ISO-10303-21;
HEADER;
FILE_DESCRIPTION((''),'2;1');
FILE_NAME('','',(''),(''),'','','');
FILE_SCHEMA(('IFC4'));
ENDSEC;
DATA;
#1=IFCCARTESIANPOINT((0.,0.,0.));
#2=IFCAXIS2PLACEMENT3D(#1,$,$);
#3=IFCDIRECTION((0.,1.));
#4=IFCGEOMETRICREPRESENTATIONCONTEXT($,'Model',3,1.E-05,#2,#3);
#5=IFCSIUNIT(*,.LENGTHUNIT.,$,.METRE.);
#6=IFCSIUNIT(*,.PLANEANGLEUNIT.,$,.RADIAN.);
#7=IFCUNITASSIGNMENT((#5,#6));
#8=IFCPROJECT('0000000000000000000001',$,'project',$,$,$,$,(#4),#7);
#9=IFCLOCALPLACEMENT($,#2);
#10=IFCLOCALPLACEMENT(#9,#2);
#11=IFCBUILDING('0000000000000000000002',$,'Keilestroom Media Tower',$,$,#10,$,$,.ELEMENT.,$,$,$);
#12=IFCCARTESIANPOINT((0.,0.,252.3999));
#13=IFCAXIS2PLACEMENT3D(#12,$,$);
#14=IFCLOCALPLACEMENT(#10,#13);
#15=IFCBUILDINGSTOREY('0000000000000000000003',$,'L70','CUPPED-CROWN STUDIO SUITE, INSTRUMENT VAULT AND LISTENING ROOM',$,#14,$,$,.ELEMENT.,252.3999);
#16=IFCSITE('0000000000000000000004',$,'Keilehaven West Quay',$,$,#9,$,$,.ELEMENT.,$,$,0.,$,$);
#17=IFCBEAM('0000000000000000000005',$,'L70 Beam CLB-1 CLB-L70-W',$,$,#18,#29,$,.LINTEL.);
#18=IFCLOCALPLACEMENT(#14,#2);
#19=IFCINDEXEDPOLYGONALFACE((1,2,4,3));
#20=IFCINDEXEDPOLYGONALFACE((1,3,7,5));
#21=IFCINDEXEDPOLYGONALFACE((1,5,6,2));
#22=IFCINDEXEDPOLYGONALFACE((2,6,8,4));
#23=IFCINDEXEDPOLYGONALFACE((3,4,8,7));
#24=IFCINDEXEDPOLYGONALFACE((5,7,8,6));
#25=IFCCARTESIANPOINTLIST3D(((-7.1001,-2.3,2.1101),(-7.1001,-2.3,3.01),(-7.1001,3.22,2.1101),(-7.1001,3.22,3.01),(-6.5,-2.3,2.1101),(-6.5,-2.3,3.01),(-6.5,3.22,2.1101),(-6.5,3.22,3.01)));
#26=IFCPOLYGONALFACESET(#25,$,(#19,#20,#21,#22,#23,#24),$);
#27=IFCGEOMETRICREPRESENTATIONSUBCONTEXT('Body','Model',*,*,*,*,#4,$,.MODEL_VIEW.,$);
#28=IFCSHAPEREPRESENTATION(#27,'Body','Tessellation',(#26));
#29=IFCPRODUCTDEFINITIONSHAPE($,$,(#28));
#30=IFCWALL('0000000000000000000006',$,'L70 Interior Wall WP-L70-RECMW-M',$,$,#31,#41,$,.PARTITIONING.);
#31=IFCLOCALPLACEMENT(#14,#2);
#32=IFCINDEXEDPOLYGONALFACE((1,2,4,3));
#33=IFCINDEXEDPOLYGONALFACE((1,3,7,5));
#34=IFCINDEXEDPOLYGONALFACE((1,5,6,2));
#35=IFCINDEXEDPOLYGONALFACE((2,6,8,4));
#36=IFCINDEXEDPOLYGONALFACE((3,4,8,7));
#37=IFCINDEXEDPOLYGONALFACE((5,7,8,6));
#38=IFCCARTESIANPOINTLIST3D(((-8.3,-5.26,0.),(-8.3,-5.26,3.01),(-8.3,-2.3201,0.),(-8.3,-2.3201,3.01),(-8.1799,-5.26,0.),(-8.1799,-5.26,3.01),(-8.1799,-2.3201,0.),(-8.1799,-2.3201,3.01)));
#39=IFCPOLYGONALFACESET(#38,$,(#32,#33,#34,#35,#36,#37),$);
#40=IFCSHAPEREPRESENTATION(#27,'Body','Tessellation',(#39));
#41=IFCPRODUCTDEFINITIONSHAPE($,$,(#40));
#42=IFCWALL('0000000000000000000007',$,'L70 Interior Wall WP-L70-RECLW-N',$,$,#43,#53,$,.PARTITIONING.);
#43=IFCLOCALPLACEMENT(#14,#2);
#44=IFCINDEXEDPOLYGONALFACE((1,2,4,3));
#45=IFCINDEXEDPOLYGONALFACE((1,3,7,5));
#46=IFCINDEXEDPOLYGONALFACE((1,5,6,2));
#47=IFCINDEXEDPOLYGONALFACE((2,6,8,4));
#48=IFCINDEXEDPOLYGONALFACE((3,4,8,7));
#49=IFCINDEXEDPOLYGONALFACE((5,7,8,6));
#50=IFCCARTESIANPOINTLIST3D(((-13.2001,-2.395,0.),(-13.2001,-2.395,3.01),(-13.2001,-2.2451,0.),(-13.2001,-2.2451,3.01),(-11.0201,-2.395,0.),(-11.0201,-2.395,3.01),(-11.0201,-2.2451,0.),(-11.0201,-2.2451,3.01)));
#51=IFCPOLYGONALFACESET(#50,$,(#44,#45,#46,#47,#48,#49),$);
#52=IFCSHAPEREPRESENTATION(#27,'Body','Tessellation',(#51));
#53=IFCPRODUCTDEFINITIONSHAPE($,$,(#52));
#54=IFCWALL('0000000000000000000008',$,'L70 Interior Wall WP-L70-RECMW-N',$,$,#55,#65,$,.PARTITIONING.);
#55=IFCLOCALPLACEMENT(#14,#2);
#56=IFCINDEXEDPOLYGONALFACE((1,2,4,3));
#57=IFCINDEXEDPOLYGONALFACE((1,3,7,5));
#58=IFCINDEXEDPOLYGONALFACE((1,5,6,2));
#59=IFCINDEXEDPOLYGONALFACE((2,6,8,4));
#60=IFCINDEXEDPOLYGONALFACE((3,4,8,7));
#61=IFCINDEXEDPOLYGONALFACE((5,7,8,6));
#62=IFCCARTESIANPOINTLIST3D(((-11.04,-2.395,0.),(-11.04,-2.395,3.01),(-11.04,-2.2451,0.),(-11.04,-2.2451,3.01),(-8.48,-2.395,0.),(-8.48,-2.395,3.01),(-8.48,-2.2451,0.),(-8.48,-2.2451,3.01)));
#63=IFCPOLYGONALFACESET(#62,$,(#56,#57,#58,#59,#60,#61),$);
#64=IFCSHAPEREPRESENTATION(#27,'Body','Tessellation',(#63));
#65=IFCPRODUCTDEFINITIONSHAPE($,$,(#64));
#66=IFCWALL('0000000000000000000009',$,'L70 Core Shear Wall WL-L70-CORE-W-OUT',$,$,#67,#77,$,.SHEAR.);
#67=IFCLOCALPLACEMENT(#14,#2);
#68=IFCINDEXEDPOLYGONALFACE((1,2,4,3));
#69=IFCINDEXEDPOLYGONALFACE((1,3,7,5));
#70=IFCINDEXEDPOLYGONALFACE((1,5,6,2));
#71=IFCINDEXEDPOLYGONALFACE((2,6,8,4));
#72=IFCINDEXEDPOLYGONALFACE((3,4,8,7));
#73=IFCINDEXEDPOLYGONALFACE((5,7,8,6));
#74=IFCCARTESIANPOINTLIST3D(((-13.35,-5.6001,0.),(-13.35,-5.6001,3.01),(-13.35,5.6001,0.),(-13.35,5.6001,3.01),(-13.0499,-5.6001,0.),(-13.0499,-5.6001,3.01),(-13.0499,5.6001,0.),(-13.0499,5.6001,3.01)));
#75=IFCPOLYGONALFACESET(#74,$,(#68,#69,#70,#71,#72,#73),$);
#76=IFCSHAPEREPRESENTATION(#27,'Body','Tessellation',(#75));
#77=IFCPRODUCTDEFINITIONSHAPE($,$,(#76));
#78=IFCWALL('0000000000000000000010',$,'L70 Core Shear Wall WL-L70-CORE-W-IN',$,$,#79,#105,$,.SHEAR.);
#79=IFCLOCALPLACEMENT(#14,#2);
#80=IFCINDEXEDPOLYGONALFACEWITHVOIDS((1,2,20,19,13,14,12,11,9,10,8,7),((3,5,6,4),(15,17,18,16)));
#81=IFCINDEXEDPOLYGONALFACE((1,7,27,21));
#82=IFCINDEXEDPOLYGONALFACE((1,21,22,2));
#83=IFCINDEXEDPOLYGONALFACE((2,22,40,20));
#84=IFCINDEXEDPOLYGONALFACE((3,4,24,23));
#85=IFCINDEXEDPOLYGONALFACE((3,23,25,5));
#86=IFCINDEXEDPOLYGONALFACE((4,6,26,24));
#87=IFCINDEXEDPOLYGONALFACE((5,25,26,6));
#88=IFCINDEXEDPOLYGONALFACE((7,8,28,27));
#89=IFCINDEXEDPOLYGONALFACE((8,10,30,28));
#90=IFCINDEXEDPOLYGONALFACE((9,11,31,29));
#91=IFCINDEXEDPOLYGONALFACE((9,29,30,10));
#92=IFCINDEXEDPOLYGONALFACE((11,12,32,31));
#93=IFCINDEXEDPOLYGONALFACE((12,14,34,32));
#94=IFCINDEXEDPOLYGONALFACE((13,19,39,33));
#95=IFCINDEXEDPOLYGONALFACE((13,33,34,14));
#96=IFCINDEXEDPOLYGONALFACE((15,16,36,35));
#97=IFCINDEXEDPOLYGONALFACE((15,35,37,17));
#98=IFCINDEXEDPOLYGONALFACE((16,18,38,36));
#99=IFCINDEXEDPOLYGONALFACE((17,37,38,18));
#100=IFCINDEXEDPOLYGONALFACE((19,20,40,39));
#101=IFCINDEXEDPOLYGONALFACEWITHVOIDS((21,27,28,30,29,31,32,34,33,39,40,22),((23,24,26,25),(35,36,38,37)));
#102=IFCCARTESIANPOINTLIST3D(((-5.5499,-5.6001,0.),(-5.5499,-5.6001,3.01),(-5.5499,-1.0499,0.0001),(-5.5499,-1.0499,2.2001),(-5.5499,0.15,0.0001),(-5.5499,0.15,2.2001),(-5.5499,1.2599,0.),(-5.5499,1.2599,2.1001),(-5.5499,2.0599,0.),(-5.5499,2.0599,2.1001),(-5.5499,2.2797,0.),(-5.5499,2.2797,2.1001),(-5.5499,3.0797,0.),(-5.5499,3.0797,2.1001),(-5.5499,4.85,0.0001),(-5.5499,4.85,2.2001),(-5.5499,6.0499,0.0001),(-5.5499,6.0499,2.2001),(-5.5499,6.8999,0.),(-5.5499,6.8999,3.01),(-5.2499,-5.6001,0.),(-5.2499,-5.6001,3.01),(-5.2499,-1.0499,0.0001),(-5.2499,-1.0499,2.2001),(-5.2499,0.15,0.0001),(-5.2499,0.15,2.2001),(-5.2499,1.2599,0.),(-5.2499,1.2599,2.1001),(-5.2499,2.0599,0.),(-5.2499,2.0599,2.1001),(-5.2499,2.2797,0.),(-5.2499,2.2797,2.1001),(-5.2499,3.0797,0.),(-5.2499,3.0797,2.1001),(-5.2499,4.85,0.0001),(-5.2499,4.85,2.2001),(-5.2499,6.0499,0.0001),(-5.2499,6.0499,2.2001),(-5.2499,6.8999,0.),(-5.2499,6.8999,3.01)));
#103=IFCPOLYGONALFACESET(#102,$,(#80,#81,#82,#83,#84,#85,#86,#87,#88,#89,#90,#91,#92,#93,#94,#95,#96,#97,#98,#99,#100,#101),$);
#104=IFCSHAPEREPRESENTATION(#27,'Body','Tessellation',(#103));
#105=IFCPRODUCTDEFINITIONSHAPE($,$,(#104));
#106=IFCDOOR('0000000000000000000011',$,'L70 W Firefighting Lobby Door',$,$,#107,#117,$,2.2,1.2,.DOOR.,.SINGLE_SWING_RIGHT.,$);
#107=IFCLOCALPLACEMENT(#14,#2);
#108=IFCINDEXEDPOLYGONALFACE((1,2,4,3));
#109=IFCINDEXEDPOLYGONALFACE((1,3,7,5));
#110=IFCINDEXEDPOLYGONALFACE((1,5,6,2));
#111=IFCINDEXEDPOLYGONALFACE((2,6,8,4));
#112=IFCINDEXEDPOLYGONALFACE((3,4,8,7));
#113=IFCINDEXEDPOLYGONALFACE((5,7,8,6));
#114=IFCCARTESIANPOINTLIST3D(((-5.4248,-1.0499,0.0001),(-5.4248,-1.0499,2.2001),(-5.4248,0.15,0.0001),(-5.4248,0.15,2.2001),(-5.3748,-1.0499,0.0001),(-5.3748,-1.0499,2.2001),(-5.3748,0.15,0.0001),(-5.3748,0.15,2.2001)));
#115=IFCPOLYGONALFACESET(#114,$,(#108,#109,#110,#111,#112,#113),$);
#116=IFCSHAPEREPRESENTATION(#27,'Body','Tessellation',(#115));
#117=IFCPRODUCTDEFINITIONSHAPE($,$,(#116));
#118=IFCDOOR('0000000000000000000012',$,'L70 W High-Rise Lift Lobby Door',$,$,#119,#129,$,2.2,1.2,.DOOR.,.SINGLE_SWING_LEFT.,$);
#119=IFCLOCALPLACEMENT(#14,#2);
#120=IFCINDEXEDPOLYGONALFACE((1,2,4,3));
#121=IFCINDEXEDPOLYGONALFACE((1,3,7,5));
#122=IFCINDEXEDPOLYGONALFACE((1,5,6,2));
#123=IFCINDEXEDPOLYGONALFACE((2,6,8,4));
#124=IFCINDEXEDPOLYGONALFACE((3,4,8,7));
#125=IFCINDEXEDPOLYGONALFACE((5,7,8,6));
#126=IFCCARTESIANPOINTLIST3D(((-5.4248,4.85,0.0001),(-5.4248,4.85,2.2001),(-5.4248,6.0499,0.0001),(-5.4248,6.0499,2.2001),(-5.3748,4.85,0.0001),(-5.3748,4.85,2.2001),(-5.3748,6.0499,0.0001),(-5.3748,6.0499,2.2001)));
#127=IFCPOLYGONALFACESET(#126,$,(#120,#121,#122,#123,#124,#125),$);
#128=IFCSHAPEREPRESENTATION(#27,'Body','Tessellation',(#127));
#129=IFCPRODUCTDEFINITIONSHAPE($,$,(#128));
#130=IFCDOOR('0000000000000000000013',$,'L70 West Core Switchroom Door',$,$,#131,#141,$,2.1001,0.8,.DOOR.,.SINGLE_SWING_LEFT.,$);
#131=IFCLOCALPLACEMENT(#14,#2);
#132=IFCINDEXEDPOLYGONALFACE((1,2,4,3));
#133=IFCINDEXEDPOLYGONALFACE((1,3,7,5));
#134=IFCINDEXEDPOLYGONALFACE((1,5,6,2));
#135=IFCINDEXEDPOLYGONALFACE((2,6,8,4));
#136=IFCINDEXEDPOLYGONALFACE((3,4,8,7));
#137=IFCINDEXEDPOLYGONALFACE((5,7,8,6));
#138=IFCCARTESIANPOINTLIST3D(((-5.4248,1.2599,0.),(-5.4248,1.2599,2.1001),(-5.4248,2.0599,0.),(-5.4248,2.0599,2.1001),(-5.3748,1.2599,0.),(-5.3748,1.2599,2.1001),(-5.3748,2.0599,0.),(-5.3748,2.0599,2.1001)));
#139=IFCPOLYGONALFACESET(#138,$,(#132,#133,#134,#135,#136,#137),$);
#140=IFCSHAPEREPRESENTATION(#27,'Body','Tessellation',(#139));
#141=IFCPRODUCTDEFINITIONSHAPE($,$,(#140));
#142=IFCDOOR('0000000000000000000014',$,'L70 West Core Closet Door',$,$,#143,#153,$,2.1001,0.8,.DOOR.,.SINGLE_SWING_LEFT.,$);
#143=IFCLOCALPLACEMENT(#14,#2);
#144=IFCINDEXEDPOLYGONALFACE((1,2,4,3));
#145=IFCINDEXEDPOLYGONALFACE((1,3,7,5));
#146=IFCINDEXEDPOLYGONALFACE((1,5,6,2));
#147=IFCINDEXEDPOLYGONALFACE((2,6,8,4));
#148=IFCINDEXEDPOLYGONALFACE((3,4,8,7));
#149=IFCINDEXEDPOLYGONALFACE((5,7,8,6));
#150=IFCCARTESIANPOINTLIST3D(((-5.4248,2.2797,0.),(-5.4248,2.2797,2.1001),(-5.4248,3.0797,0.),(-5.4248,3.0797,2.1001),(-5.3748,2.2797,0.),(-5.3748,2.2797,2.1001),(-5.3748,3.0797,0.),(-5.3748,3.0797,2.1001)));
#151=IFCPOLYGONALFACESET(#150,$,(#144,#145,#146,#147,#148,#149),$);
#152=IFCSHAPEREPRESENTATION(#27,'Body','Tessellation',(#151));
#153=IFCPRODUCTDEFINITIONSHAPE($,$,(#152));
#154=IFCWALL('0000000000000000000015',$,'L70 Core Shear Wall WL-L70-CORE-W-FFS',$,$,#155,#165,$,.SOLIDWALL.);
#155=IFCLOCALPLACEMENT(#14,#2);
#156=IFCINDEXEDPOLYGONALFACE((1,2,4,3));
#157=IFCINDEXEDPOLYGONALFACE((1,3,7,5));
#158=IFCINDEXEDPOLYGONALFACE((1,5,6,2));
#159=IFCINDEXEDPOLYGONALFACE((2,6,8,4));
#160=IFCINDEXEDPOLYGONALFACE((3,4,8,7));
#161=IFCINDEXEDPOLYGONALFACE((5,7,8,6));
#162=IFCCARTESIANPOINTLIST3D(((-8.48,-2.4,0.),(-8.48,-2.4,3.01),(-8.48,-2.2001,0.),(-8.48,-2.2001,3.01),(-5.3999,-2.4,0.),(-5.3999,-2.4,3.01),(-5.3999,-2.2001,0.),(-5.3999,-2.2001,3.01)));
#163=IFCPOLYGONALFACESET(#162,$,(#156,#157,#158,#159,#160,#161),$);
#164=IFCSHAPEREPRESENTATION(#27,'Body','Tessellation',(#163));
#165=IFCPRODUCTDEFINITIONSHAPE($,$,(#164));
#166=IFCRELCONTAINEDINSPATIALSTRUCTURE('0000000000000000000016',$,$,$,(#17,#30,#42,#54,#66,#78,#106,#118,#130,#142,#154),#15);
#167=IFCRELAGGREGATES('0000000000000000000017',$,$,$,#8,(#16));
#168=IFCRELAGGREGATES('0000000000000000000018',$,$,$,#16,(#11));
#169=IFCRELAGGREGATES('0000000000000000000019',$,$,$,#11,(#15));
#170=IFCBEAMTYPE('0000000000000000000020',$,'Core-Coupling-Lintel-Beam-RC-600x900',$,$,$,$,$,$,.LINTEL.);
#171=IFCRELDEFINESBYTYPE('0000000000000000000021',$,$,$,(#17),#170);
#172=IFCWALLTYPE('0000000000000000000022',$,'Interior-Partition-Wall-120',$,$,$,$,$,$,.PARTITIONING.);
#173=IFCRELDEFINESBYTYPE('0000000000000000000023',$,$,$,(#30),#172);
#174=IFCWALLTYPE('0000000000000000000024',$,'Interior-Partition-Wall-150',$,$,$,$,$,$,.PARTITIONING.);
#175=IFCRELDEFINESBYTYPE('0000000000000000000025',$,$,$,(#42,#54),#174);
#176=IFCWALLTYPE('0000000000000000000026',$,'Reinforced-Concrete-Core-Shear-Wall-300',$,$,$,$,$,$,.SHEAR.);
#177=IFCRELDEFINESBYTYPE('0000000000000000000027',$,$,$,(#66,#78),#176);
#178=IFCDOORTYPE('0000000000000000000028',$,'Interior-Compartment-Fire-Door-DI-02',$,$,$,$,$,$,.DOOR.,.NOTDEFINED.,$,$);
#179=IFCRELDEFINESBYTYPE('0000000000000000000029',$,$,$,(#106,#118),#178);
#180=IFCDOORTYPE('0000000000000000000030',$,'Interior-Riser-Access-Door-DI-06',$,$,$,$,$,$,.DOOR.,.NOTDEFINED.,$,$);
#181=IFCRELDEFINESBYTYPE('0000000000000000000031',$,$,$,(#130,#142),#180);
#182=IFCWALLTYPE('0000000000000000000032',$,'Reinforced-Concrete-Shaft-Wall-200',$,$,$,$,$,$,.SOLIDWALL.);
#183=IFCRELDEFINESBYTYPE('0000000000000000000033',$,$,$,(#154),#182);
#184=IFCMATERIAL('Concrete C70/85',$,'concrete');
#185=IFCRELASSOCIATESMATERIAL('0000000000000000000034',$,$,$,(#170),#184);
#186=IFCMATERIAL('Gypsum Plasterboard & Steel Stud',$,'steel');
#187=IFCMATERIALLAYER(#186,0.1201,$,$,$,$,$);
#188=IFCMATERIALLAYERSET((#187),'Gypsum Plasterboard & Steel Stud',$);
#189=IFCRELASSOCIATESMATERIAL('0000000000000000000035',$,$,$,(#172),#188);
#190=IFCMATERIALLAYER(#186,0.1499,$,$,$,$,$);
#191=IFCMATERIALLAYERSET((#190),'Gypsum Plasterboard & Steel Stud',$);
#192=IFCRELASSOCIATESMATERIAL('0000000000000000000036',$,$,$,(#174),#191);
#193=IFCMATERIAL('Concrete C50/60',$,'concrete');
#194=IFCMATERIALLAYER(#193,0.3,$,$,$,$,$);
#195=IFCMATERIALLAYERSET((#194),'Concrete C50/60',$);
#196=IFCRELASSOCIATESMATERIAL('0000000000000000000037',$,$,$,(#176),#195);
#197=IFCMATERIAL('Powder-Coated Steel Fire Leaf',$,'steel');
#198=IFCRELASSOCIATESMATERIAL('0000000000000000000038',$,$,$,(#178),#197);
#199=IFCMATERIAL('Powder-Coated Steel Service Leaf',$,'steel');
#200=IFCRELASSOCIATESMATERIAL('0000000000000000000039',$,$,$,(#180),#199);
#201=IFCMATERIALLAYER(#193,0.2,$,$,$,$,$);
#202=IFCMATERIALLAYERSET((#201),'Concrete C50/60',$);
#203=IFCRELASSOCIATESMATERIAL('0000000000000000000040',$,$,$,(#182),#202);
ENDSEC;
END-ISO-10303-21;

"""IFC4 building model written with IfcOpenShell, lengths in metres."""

from ifc_helpers import new_model, si_unit, direction, frame, frame_2d, origin, origin_2d, place, context, subcontext, project, spatial, rectangle, extrude, source, transform, mapped, material, layer, layer_set, material_profile, profile_set, type_object, element, fill, save


model = new_model("IFC4")

# Units and contexts
model_context = context("Model", 3, precision=1e-05, world=origin(), true_north=direction((0.0, 1.0)))
body_context = subcontext(model_context, "Body", "Model", "MODEL_VIEW")
ifc_project = project(units=[si_unit("LENGTHUNIT", "METRE"), si_unit("PLANEANGLEUNIT", "RADIAN")], contexts=[model_context])

# Site, building, storey
site_placement = place(None, origin())
site = spatial("IfcSite", under=ifc_project, at=site_placement, Name="Keilehaven West Quay", CompositionType="ELEMENT", RefElevation=0.0)
building_placement = place(site_placement, origin())
building = spatial("IfcBuilding", under=site, at=building_placement, Name="Keilestroom Media Tower", CompositionType="ELEMENT")
storey_placement = place(building_placement, frame((0.0, 0.0, 252.3999)))
storey = spatial("IfcBuildingStorey", under=building, at=storey_placement, Name="L70", Description="CUPPED-CROWN STUDIO SUITE, INSTRUMENT VAULT AND LISTENING ROOM", CompositionType="ELEMENT", Elevation=252.3999)

# Beam
ifc_material_1 = material(Name="Concrete C70/85", Category="concrete")
ifc_material_profile = material_profile(ifc_material_1, rectangle(XDim=0.6001, YDim=0.8999, at=origin_2d()), Name="RC 600x900")
ifc_profile_set = profile_set([ifc_material_profile], Name="Concrete C70/85")
beam_type = type_object("IfcBeamType", Name="Core-Coupling-Lintel-Beam-RC-600x900", PredefinedType="LINTEL", material=ifc_profile_set)
shared_shape_1 = source(origin(), body_context, "Body", "SweptSolid", [
    extrude(rectangle(XDim=0.6001, YDim=0.8999, at=origin_2d()), origin(), (0.0, 0.0, 1.0), 5.52),
])
beam_placement = place(storey_placement, frame((-6.8, -2.3, 2.5601), z_axis=(0.0, 1.0, 0.0), x_axis=(-1.0, 0.0, 0.0)))
element("IfcBeam", 1, at=beam_placement, inside=storey, type_object=beam_type, Name="L70 Beam CLB-1 CLB-L70-W", PredefinedType="LINTEL", context=body_context, shape_type="MappedRepresentation", body=[
    mapped(shared_shape_1, transform((0.0, 0.0, 0.0), x_axis=(1.0, 0.0, 0.0), y_axis=(0.0, 1.0, 0.0), z_axis=(0.0, 0.0, 1.0), scale=1.0)),
])

# Walls
ifc_material_2 = material(Name="Gypsum Plasterboard & Steel Stud", Category="steel")
ifc_layer_1 = layer(ifc_material_2, 0.1201)
ifc_layer_set_1 = layer_set([ifc_layer_1], Name="Gypsum Plasterboard & Steel Stud")
wall_type_1 = type_object("IfcWallType", Name="Interior-Partition-Wall-120", PredefinedType="PARTITIONING", material=ifc_layer_set_1)
wall_1_placement = place(storey_placement, frame((-8.24, -5.26, 0.0), z_axis=(0.0, 0.0, 1.0), x_axis=(0.0, 1.0, 0.0)))
element("IfcWall", 2, at=wall_1_placement, inside=storey, type_object=wall_type_1, Name="L70 Interior Wall WP-L70-RECMW-M", PredefinedType="PARTITIONING", context=body_context, shape_type="SweptSolid", body=[
    extrude(rectangle(XDim=2.9399, YDim=0.1201, at=frame_2d((1.47, 0.0))), origin(), (0.0, 0.0, 1.0), 3.01),
])
ifc_layer_2 = layer(ifc_material_2, 0.1499)
ifc_layer_set_2 = layer_set([ifc_layer_2], Name="Gypsum Plasterboard & Steel Stud")
wall_type_2 = type_object("IfcWallType", Name="Interior-Partition-Wall-150", PredefinedType="PARTITIONING", material=ifc_layer_set_2)
wall_2_placement = place(storey_placement, frame((-13.2, -2.3201, 0.0), z_axis=(0.0, 0.0, 1.0), x_axis=(1.0, 0.0, 0.0)))
element("IfcWall", 3, at=wall_2_placement, inside=storey, type_object=wall_type_2, Name="L70 Interior Wall WP-L70-RECLW-N", PredefinedType="PARTITIONING", context=body_context, shape_type="SweptSolid", body=[
    extrude(rectangle(XDim=2.1799, YDim=0.1499, at=frame_2d((1.0898, 0.0))), origin(), (0.0, 0.0, 1.0), 3.01),
])
wall_3_placement = place(storey_placement, frame((-11.04, -2.3201, 0.0), z_axis=(0.0, 0.0, 1.0), x_axis=(1.0, 0.0, 0.0)))
element("IfcWall", 4, at=wall_3_placement, inside=storey, type_object=wall_type_2, Name="L70 Interior Wall WP-L70-RECMW-N", PredefinedType="PARTITIONING", context=body_context, shape_type="SweptSolid", body=[
    extrude(rectangle(XDim=2.5601, YDim=0.1499, at=frame_2d((1.28, 0.0))), origin(), (0.0, 0.0, 1.0), 3.01),
])
ifc_material_3 = material(Name="Concrete C50/60", Category="concrete")
ifc_layer_3 = layer(ifc_material_3, 0.3)
ifc_layer_set_3 = layer_set([ifc_layer_3], Name="Concrete C50/60")
wall_type_3 = type_object("IfcWallType", Name="Reinforced-Concrete-Core-Shear-Wall-300", PredefinedType="SHEAR", material=ifc_layer_set_3)
wall_4_placement = place(storey_placement, frame((-13.2, -5.6001, 0.0), z_axis=(0.0, 0.0, 1.0), x_axis=(0.0, 1.0, 0.0)))
element("IfcWall", 5, at=wall_4_placement, inside=storey, type_object=wall_type_3, Name="L70 Core Shear Wall WL-L70-CORE-W-OUT", PredefinedType="SHEAR", context=body_context, shape_type="SweptSolid", body=[
    extrude(rectangle(XDim=11.2002, YDim=0.3, at=frame_2d((5.6001, 0.0))), origin(), (0.0, 0.0, 1.0), 3.01),
])

# Wall, openings, doors
wall_5_placement = place(storey_placement, frame((-5.3999, -5.6001, 0.0), z_axis=(0.0, 0.0, 1.0), x_axis=(0.0, 1.0, 0.0)))
wall_5 = element("IfcWall", 6, at=wall_5_placement, inside=storey, type_object=wall_type_3, Name="L70 Core Shear Wall WL-L70-CORE-W-IN", PredefinedType="SHEAR", context=body_context, shape_type="SweptSolid", body=[
    extrude(rectangle(XDim=12.5, YDim=0.3, at=frame_2d((6.25, 0.0))), origin(), (0.0, 0.0, 1.0), 3.01),
])
opening_1_placement = place(wall_5_placement, frame((4.55, 0.0, 0.0)))
opening_1 = element("IfcOpeningElement", 7, at=opening_1_placement, cuts=wall_5, PredefinedType="OPENING", context=body_context, shape_type="SweptSolid", body=[
    extrude(rectangle(XDim=1.2, YDim=2.2, at=frame_2d((0.6001, 1.1001))), frame((0.0, 0.1602, 0.0), z_axis=(0.0, -1.0, 0.0), x_axis=(1.0, 0.0, 0.0)), (0.0, 0.0, 1.0), 0.3201),
])
opening_2_placement = place(wall_5_placement, frame((10.45, 0.0, 0.0)))
opening_2 = element("IfcOpeningElement", 8, at=opening_2_placement, cuts=wall_5, PredefinedType="OPENING", context=body_context, shape_type="SweptSolid", body=[
    extrude(rectangle(XDim=1.2, YDim=2.2, at=frame_2d((0.6001, 1.1001))), frame((0.0, 0.1602, 0.0), z_axis=(0.0, -1.0, 0.0), x_axis=(1.0, 0.0, 0.0)), (0.0, 0.0, 1.0), 0.3201),
])
opening_3_placement = place(wall_5_placement, frame((6.8601, 0.0, 0.0)))
opening_3 = element("IfcOpeningElement", 9, at=opening_3_placement, cuts=wall_5, PredefinedType="OPENING", context=body_context, shape_type="SweptSolid", body=[
    extrude(rectangle(XDim=0.8, YDim=2.1001, at=frame_2d((0.3999, 1.05))), frame((0.0, 0.1602, 0.0), z_axis=(0.0, -1.0, 0.0), x_axis=(1.0, 0.0, 0.0)), (0.0, 0.0, 1.0), 0.3201),
])
opening_4_placement = place(wall_5_placement, frame((7.8799, 0.0, 0.0)))
opening_4 = element("IfcOpeningElement", 10, at=opening_4_placement, cuts=wall_5, PredefinedType="OPENING", context=body_context, shape_type="SweptSolid", body=[
    extrude(rectangle(XDim=0.8, YDim=2.1001, at=frame_2d((0.3999, 1.05))), frame((0.0, 0.1602, 0.0), z_axis=(0.0, -1.0, 0.0), x_axis=(1.0, 0.0, 0.0)), (0.0, 0.0, 1.0), 0.3201),
])
ifc_material_4 = material(Name="Powder-Coated Steel Fire Leaf", Category="steel")
door_type_1 = type_object("IfcDoorType", Name="Interior-Compartment-Fire-Door-DI-02", OperationType="NOTDEFINED", PredefinedType="DOOR", material=ifc_material_4)
shared_shape_2 = source(origin(), body_context, "Body", "SweptSolid", [
    extrude(rectangle(XDim=1.2, YDim=2.2, at=frame_2d((0.6001, 1.1001))), frame((0.0, 0.0249, 0.0), z_axis=(0.0, -1.0, 0.0), x_axis=(1.0, 0.0, 0.0)), (0.0, 0.0, 1.0), 0.05),
])
door_1_placement = place(opening_1_placement, origin())
door_1 = element("IfcDoor", 11, at=door_1_placement, inside=storey, type_object=door_type_1, Name="L70 W Firefighting Lobby Door", OperationType="SINGLE_SWING_RIGHT", OverallHeight=2.2, OverallWidth=1.2, PredefinedType="DOOR", context=body_context, shape_type="MappedRepresentation", body=[
    mapped(shared_shape_2, transform((0.0, 0.0, 0.0), x_axis=(1.0, 0.0, 0.0), y_axis=(0.0, 1.0, 0.0), z_axis=(0.0, 0.0, 1.0), scale=1.0)),
])
fill(opening_1, door_1)
door_2_placement = place(opening_2_placement, origin())
door_2 = element("IfcDoor", 12, at=door_2_placement, inside=storey, type_object=door_type_1, Name="L70 W High-Rise Lift Lobby Door", OperationType="SINGLE_SWING_LEFT", OverallHeight=2.2, OverallWidth=1.2, PredefinedType="DOOR", context=body_context, shape_type="MappedRepresentation", body=[
    mapped(shared_shape_2, transform((0.0, 0.0, 0.0), x_axis=(1.0, 0.0, 0.0), y_axis=(0.0, 1.0, 0.0), z_axis=(0.0, 0.0, 1.0), scale=1.0)),
])
fill(opening_2, door_2)
ifc_material_5 = material(Name="Powder-Coated Steel Service Leaf", Category="steel")
door_type_2 = type_object("IfcDoorType", Name="Interior-Riser-Access-Door-DI-06", OperationType="NOTDEFINED", PredefinedType="DOOR", material=ifc_material_5)
shared_shape_3 = source(origin(), body_context, "Body", "SweptSolid", [
    extrude(rectangle(XDim=0.8, YDim=2.1001, at=frame_2d((0.3999, 1.05))), frame((0.0, 0.0249, 0.0), z_axis=(0.0, -1.0, 0.0), x_axis=(1.0, 0.0, 0.0)), (0.0, 0.0, 1.0), 0.05),
])
door_3_placement = place(opening_3_placement, origin())
door_3 = element("IfcDoor", 13, at=door_3_placement, inside=storey, type_object=door_type_2, Name="L70 West Core Switchroom Door", OperationType="SINGLE_SWING_LEFT", OverallHeight=2.1001, OverallWidth=0.8, PredefinedType="DOOR", context=body_context, shape_type="MappedRepresentation", body=[
    mapped(shared_shape_3, transform((0.0, 0.0, 0.0), x_axis=(1.0, 0.0, 0.0), y_axis=(0.0, 1.0, 0.0), z_axis=(0.0, 0.0, 1.0), scale=1.0)),
])
fill(opening_3, door_3)
door_4_placement = place(opening_4_placement, origin())
door_4 = element("IfcDoor", 14, at=door_4_placement, inside=storey, type_object=door_type_2, Name="L70 West Core Closet Door", OperationType="SINGLE_SWING_LEFT", OverallHeight=2.1001, OverallWidth=0.8, PredefinedType="DOOR", context=body_context, shape_type="MappedRepresentation", body=[
    mapped(shared_shape_3, transform((0.0, 0.0, 0.0), x_axis=(1.0, 0.0, 0.0), y_axis=(0.0, 1.0, 0.0), z_axis=(0.0, 0.0, 1.0), scale=1.0)),
])
fill(opening_4, door_4)

# Wall
ifc_layer_4 = layer(ifc_material_3, 0.2)
ifc_layer_set_4 = layer_set([ifc_layer_4], Name="Concrete C50/60")
wall_type_4 = type_object("IfcWallType", Name="Reinforced-Concrete-Shaft-Wall-200", PredefinedType="SOLIDWALL", material=ifc_layer_set_4)
wall_6_placement = place(storey_placement, frame((-8.48, -2.3, 0.0), z_axis=(0.0, 0.0, 1.0), x_axis=(1.0, 0.0, 0.0)))
element("IfcWall", 15, at=wall_6_placement, inside=storey, type_object=wall_type_4, Name="L70 Core Shear Wall WL-L70-CORE-W-FFS", PredefinedType="SOLIDWALL", context=body_context, shape_type="SweptSolid", body=[
    extrude(rectangle(XDim=3.0801, YDim=0.2, at=frame_2d((1.54, 0.0))), origin(), (0.0, 0.0, 1.0), 3.01),
])

save(model, "model.ifc")
